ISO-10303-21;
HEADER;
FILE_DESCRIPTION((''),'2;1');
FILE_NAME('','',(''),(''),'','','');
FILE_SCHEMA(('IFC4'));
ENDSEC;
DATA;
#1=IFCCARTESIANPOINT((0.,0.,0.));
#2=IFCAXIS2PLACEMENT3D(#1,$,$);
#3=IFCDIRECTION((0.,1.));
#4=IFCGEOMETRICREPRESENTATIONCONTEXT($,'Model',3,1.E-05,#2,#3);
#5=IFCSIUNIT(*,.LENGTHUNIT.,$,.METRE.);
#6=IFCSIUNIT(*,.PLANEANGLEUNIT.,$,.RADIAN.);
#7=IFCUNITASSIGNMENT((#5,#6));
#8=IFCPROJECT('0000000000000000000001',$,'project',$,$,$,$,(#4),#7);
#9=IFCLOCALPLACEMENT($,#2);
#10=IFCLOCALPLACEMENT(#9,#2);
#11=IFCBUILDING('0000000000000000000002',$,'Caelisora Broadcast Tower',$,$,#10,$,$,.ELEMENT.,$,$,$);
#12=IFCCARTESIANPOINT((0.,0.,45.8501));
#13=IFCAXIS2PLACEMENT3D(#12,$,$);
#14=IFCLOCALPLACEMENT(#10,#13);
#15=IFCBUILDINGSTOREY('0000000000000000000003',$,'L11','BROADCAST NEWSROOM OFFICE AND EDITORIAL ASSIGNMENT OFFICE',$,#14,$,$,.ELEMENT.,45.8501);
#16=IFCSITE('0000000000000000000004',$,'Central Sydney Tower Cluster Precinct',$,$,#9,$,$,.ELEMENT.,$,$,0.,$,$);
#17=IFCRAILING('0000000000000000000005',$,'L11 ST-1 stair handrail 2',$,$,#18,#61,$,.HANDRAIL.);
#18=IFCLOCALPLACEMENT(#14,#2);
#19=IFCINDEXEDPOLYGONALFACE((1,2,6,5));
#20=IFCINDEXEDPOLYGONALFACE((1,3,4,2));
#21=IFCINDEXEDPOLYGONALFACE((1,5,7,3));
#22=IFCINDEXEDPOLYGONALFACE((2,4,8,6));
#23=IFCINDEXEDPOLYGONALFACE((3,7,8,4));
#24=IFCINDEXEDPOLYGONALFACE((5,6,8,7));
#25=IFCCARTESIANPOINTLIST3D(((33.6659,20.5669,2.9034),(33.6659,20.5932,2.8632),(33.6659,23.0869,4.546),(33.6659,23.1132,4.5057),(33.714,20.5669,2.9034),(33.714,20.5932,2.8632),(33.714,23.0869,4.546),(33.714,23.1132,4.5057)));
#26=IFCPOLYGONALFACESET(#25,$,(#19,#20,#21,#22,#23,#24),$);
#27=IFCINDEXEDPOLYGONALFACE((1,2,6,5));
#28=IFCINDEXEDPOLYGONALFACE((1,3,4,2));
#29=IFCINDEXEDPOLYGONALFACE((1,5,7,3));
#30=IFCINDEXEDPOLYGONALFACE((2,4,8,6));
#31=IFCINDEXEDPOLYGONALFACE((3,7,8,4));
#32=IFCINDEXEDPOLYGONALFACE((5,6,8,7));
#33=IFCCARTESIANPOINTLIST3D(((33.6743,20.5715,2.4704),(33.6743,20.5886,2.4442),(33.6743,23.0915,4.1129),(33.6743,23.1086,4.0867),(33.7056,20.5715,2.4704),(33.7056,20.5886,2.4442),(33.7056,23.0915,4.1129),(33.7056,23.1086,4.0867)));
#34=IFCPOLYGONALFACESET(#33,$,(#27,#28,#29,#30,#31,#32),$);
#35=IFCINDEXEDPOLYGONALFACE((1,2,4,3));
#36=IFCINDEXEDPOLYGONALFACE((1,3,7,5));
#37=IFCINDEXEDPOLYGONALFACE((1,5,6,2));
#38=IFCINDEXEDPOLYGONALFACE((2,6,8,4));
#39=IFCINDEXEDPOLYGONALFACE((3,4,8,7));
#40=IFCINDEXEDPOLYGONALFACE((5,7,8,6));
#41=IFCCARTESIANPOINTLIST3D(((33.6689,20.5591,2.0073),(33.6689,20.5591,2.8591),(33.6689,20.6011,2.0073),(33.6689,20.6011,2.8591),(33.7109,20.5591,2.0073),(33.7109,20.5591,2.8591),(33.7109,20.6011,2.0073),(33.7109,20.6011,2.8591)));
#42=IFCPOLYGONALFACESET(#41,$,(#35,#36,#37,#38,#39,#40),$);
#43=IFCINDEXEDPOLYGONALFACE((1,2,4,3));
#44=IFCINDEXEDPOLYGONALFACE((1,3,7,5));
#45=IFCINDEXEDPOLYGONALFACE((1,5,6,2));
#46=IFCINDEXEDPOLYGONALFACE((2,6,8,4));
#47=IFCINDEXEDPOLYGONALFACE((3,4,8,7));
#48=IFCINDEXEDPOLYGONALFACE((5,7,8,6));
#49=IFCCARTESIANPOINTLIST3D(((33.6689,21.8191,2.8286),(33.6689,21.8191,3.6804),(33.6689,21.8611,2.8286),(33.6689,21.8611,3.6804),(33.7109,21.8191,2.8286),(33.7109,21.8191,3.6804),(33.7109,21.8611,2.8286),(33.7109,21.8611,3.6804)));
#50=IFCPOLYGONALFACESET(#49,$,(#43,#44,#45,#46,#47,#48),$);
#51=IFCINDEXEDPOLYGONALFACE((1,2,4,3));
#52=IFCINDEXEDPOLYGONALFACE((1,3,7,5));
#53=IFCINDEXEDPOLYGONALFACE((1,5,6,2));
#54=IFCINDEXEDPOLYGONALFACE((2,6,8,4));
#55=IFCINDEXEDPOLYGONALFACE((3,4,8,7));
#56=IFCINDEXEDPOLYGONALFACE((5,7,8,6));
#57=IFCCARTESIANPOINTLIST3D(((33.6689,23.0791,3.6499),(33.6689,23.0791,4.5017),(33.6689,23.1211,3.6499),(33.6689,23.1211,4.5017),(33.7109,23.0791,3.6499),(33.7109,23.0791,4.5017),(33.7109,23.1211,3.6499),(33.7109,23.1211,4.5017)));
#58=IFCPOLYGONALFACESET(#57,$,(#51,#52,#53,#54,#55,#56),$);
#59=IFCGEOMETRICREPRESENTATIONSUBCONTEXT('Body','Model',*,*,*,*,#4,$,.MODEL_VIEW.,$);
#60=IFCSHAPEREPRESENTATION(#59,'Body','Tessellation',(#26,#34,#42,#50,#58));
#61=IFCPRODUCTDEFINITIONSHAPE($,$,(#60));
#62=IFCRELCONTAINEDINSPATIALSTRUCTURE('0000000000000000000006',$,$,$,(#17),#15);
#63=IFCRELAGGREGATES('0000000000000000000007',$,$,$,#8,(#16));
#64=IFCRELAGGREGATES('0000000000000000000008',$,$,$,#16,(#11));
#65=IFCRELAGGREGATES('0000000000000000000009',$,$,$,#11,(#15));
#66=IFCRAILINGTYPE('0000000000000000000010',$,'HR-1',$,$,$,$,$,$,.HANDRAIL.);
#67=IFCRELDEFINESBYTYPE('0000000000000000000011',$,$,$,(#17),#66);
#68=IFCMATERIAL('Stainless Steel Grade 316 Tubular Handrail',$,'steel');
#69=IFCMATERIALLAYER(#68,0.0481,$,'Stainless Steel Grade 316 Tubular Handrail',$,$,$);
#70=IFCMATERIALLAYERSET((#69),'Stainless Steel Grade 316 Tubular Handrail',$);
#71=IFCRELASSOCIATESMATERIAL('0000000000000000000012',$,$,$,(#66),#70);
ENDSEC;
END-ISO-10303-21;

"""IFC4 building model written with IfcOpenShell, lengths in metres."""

from ifc_helpers import new_model, si_unit, direction, frame, origin, origin_2d, place, context, subcontext, project, spatial, rectangle, extrude, material, layer, layer_set, type_object, element, save


model = new_model("IFC4")

# Units and contexts
model_context = context("Model", 3, precision=1e-05, world=origin(), true_north=direction((0.0, 1.0)))
body_context = subcontext(model_context, "Body", "Model", "MODEL_VIEW")
ifc_project = project(units=[si_unit("LENGTHUNIT", "METRE"), si_unit("PLANEANGLEUNIT", "RADIAN")], contexts=[model_context])

# Site, building, storey
site_placement = place(None, origin())
site = spatial("IfcSite", under=ifc_project, at=site_placement, Name="Central Sydney Tower Cluster Precinct", CompositionType="ELEMENT", RefElevation=0.0)
building_placement = place(site_placement, origin())
building = spatial("IfcBuilding", under=site, at=building_placement, Name="Caelisora Broadcast Tower", CompositionType="ELEMENT")
storey_placement = place(building_placement, frame((0.0, 0.0, 45.8501)))
storey = spatial("IfcBuildingStorey", under=building, at=storey_placement, Name="L11", Description="BROADCAST NEWSROOM OFFICE AND EDITORIAL ASSIGNMENT OFFICE", CompositionType="ELEMENT", Elevation=45.8501)

# Railing
ifc_material_1 = material(Name="Stainless Steel Grade 316 Tubular Handrail", Category="steel")
ifc_layer_1 = layer(ifc_material_1, 0.0481, Name="Stainless Steel Grade 316 Tubular Handrail")
ifc_layer_set_1 = layer_set([ifc_layer_1], Name="Stainless Steel Grade 316 Tubular Handrail")
railing_type_1 = type_object("IfcRailingType", Name="HR-1", PredefinedType="HANDRAIL", material=ifc_layer_set_1)
railing_1_placement = place(storey_placement, frame((33.6899, 20.5801, 2.0073)))
element("IfcRailing", 1, at=railing_1_placement, inside=storey, type_object=railing_type_1, Name="L11 ST-1 stair handrail 2", PredefinedType="HANDRAIL", context=body_context, shape_type="SweptSolid", body=[
    extrude(rectangle(XDim=0.0481, YDim=0.0481, at=origin_2d()), frame((0.0, 0.0, 0.876), z_axis=(0.0, 0.837749, 0.546055), x_axis=(-1.0, 0.0, 0.0)), (0.0, 0.0, 1.0), 3.0081),
    extrude(rectangle(XDim=0.0312, YDim=0.0312, at=origin_2d()), frame((0.0, 0.0, 0.45), z_axis=(0.0, 0.837749, 0.546055), x_axis=(-1.0, 0.0, 0.0)), (0.0, 0.0, 1.0), 3.0081),
    extrude(rectangle(XDim=0.042, YDim=0.042, at=origin_2d()), origin(), (0.0, 0.0, 1.0), 0.8518),
    extrude(rectangle(XDim=0.042, YDim=0.042, at=origin_2d()), frame((0.0, 1.26, 0.8213)), (0.0, 0.0, 1.0), 0.8518),
    extrude(rectangle(XDim=0.042, YDim=0.042, at=origin_2d()), frame((0.0, 2.52, 1.6426)), (0.0, 0.0, 1.0), 0.8518),
])

save(model, "model.ifc")
